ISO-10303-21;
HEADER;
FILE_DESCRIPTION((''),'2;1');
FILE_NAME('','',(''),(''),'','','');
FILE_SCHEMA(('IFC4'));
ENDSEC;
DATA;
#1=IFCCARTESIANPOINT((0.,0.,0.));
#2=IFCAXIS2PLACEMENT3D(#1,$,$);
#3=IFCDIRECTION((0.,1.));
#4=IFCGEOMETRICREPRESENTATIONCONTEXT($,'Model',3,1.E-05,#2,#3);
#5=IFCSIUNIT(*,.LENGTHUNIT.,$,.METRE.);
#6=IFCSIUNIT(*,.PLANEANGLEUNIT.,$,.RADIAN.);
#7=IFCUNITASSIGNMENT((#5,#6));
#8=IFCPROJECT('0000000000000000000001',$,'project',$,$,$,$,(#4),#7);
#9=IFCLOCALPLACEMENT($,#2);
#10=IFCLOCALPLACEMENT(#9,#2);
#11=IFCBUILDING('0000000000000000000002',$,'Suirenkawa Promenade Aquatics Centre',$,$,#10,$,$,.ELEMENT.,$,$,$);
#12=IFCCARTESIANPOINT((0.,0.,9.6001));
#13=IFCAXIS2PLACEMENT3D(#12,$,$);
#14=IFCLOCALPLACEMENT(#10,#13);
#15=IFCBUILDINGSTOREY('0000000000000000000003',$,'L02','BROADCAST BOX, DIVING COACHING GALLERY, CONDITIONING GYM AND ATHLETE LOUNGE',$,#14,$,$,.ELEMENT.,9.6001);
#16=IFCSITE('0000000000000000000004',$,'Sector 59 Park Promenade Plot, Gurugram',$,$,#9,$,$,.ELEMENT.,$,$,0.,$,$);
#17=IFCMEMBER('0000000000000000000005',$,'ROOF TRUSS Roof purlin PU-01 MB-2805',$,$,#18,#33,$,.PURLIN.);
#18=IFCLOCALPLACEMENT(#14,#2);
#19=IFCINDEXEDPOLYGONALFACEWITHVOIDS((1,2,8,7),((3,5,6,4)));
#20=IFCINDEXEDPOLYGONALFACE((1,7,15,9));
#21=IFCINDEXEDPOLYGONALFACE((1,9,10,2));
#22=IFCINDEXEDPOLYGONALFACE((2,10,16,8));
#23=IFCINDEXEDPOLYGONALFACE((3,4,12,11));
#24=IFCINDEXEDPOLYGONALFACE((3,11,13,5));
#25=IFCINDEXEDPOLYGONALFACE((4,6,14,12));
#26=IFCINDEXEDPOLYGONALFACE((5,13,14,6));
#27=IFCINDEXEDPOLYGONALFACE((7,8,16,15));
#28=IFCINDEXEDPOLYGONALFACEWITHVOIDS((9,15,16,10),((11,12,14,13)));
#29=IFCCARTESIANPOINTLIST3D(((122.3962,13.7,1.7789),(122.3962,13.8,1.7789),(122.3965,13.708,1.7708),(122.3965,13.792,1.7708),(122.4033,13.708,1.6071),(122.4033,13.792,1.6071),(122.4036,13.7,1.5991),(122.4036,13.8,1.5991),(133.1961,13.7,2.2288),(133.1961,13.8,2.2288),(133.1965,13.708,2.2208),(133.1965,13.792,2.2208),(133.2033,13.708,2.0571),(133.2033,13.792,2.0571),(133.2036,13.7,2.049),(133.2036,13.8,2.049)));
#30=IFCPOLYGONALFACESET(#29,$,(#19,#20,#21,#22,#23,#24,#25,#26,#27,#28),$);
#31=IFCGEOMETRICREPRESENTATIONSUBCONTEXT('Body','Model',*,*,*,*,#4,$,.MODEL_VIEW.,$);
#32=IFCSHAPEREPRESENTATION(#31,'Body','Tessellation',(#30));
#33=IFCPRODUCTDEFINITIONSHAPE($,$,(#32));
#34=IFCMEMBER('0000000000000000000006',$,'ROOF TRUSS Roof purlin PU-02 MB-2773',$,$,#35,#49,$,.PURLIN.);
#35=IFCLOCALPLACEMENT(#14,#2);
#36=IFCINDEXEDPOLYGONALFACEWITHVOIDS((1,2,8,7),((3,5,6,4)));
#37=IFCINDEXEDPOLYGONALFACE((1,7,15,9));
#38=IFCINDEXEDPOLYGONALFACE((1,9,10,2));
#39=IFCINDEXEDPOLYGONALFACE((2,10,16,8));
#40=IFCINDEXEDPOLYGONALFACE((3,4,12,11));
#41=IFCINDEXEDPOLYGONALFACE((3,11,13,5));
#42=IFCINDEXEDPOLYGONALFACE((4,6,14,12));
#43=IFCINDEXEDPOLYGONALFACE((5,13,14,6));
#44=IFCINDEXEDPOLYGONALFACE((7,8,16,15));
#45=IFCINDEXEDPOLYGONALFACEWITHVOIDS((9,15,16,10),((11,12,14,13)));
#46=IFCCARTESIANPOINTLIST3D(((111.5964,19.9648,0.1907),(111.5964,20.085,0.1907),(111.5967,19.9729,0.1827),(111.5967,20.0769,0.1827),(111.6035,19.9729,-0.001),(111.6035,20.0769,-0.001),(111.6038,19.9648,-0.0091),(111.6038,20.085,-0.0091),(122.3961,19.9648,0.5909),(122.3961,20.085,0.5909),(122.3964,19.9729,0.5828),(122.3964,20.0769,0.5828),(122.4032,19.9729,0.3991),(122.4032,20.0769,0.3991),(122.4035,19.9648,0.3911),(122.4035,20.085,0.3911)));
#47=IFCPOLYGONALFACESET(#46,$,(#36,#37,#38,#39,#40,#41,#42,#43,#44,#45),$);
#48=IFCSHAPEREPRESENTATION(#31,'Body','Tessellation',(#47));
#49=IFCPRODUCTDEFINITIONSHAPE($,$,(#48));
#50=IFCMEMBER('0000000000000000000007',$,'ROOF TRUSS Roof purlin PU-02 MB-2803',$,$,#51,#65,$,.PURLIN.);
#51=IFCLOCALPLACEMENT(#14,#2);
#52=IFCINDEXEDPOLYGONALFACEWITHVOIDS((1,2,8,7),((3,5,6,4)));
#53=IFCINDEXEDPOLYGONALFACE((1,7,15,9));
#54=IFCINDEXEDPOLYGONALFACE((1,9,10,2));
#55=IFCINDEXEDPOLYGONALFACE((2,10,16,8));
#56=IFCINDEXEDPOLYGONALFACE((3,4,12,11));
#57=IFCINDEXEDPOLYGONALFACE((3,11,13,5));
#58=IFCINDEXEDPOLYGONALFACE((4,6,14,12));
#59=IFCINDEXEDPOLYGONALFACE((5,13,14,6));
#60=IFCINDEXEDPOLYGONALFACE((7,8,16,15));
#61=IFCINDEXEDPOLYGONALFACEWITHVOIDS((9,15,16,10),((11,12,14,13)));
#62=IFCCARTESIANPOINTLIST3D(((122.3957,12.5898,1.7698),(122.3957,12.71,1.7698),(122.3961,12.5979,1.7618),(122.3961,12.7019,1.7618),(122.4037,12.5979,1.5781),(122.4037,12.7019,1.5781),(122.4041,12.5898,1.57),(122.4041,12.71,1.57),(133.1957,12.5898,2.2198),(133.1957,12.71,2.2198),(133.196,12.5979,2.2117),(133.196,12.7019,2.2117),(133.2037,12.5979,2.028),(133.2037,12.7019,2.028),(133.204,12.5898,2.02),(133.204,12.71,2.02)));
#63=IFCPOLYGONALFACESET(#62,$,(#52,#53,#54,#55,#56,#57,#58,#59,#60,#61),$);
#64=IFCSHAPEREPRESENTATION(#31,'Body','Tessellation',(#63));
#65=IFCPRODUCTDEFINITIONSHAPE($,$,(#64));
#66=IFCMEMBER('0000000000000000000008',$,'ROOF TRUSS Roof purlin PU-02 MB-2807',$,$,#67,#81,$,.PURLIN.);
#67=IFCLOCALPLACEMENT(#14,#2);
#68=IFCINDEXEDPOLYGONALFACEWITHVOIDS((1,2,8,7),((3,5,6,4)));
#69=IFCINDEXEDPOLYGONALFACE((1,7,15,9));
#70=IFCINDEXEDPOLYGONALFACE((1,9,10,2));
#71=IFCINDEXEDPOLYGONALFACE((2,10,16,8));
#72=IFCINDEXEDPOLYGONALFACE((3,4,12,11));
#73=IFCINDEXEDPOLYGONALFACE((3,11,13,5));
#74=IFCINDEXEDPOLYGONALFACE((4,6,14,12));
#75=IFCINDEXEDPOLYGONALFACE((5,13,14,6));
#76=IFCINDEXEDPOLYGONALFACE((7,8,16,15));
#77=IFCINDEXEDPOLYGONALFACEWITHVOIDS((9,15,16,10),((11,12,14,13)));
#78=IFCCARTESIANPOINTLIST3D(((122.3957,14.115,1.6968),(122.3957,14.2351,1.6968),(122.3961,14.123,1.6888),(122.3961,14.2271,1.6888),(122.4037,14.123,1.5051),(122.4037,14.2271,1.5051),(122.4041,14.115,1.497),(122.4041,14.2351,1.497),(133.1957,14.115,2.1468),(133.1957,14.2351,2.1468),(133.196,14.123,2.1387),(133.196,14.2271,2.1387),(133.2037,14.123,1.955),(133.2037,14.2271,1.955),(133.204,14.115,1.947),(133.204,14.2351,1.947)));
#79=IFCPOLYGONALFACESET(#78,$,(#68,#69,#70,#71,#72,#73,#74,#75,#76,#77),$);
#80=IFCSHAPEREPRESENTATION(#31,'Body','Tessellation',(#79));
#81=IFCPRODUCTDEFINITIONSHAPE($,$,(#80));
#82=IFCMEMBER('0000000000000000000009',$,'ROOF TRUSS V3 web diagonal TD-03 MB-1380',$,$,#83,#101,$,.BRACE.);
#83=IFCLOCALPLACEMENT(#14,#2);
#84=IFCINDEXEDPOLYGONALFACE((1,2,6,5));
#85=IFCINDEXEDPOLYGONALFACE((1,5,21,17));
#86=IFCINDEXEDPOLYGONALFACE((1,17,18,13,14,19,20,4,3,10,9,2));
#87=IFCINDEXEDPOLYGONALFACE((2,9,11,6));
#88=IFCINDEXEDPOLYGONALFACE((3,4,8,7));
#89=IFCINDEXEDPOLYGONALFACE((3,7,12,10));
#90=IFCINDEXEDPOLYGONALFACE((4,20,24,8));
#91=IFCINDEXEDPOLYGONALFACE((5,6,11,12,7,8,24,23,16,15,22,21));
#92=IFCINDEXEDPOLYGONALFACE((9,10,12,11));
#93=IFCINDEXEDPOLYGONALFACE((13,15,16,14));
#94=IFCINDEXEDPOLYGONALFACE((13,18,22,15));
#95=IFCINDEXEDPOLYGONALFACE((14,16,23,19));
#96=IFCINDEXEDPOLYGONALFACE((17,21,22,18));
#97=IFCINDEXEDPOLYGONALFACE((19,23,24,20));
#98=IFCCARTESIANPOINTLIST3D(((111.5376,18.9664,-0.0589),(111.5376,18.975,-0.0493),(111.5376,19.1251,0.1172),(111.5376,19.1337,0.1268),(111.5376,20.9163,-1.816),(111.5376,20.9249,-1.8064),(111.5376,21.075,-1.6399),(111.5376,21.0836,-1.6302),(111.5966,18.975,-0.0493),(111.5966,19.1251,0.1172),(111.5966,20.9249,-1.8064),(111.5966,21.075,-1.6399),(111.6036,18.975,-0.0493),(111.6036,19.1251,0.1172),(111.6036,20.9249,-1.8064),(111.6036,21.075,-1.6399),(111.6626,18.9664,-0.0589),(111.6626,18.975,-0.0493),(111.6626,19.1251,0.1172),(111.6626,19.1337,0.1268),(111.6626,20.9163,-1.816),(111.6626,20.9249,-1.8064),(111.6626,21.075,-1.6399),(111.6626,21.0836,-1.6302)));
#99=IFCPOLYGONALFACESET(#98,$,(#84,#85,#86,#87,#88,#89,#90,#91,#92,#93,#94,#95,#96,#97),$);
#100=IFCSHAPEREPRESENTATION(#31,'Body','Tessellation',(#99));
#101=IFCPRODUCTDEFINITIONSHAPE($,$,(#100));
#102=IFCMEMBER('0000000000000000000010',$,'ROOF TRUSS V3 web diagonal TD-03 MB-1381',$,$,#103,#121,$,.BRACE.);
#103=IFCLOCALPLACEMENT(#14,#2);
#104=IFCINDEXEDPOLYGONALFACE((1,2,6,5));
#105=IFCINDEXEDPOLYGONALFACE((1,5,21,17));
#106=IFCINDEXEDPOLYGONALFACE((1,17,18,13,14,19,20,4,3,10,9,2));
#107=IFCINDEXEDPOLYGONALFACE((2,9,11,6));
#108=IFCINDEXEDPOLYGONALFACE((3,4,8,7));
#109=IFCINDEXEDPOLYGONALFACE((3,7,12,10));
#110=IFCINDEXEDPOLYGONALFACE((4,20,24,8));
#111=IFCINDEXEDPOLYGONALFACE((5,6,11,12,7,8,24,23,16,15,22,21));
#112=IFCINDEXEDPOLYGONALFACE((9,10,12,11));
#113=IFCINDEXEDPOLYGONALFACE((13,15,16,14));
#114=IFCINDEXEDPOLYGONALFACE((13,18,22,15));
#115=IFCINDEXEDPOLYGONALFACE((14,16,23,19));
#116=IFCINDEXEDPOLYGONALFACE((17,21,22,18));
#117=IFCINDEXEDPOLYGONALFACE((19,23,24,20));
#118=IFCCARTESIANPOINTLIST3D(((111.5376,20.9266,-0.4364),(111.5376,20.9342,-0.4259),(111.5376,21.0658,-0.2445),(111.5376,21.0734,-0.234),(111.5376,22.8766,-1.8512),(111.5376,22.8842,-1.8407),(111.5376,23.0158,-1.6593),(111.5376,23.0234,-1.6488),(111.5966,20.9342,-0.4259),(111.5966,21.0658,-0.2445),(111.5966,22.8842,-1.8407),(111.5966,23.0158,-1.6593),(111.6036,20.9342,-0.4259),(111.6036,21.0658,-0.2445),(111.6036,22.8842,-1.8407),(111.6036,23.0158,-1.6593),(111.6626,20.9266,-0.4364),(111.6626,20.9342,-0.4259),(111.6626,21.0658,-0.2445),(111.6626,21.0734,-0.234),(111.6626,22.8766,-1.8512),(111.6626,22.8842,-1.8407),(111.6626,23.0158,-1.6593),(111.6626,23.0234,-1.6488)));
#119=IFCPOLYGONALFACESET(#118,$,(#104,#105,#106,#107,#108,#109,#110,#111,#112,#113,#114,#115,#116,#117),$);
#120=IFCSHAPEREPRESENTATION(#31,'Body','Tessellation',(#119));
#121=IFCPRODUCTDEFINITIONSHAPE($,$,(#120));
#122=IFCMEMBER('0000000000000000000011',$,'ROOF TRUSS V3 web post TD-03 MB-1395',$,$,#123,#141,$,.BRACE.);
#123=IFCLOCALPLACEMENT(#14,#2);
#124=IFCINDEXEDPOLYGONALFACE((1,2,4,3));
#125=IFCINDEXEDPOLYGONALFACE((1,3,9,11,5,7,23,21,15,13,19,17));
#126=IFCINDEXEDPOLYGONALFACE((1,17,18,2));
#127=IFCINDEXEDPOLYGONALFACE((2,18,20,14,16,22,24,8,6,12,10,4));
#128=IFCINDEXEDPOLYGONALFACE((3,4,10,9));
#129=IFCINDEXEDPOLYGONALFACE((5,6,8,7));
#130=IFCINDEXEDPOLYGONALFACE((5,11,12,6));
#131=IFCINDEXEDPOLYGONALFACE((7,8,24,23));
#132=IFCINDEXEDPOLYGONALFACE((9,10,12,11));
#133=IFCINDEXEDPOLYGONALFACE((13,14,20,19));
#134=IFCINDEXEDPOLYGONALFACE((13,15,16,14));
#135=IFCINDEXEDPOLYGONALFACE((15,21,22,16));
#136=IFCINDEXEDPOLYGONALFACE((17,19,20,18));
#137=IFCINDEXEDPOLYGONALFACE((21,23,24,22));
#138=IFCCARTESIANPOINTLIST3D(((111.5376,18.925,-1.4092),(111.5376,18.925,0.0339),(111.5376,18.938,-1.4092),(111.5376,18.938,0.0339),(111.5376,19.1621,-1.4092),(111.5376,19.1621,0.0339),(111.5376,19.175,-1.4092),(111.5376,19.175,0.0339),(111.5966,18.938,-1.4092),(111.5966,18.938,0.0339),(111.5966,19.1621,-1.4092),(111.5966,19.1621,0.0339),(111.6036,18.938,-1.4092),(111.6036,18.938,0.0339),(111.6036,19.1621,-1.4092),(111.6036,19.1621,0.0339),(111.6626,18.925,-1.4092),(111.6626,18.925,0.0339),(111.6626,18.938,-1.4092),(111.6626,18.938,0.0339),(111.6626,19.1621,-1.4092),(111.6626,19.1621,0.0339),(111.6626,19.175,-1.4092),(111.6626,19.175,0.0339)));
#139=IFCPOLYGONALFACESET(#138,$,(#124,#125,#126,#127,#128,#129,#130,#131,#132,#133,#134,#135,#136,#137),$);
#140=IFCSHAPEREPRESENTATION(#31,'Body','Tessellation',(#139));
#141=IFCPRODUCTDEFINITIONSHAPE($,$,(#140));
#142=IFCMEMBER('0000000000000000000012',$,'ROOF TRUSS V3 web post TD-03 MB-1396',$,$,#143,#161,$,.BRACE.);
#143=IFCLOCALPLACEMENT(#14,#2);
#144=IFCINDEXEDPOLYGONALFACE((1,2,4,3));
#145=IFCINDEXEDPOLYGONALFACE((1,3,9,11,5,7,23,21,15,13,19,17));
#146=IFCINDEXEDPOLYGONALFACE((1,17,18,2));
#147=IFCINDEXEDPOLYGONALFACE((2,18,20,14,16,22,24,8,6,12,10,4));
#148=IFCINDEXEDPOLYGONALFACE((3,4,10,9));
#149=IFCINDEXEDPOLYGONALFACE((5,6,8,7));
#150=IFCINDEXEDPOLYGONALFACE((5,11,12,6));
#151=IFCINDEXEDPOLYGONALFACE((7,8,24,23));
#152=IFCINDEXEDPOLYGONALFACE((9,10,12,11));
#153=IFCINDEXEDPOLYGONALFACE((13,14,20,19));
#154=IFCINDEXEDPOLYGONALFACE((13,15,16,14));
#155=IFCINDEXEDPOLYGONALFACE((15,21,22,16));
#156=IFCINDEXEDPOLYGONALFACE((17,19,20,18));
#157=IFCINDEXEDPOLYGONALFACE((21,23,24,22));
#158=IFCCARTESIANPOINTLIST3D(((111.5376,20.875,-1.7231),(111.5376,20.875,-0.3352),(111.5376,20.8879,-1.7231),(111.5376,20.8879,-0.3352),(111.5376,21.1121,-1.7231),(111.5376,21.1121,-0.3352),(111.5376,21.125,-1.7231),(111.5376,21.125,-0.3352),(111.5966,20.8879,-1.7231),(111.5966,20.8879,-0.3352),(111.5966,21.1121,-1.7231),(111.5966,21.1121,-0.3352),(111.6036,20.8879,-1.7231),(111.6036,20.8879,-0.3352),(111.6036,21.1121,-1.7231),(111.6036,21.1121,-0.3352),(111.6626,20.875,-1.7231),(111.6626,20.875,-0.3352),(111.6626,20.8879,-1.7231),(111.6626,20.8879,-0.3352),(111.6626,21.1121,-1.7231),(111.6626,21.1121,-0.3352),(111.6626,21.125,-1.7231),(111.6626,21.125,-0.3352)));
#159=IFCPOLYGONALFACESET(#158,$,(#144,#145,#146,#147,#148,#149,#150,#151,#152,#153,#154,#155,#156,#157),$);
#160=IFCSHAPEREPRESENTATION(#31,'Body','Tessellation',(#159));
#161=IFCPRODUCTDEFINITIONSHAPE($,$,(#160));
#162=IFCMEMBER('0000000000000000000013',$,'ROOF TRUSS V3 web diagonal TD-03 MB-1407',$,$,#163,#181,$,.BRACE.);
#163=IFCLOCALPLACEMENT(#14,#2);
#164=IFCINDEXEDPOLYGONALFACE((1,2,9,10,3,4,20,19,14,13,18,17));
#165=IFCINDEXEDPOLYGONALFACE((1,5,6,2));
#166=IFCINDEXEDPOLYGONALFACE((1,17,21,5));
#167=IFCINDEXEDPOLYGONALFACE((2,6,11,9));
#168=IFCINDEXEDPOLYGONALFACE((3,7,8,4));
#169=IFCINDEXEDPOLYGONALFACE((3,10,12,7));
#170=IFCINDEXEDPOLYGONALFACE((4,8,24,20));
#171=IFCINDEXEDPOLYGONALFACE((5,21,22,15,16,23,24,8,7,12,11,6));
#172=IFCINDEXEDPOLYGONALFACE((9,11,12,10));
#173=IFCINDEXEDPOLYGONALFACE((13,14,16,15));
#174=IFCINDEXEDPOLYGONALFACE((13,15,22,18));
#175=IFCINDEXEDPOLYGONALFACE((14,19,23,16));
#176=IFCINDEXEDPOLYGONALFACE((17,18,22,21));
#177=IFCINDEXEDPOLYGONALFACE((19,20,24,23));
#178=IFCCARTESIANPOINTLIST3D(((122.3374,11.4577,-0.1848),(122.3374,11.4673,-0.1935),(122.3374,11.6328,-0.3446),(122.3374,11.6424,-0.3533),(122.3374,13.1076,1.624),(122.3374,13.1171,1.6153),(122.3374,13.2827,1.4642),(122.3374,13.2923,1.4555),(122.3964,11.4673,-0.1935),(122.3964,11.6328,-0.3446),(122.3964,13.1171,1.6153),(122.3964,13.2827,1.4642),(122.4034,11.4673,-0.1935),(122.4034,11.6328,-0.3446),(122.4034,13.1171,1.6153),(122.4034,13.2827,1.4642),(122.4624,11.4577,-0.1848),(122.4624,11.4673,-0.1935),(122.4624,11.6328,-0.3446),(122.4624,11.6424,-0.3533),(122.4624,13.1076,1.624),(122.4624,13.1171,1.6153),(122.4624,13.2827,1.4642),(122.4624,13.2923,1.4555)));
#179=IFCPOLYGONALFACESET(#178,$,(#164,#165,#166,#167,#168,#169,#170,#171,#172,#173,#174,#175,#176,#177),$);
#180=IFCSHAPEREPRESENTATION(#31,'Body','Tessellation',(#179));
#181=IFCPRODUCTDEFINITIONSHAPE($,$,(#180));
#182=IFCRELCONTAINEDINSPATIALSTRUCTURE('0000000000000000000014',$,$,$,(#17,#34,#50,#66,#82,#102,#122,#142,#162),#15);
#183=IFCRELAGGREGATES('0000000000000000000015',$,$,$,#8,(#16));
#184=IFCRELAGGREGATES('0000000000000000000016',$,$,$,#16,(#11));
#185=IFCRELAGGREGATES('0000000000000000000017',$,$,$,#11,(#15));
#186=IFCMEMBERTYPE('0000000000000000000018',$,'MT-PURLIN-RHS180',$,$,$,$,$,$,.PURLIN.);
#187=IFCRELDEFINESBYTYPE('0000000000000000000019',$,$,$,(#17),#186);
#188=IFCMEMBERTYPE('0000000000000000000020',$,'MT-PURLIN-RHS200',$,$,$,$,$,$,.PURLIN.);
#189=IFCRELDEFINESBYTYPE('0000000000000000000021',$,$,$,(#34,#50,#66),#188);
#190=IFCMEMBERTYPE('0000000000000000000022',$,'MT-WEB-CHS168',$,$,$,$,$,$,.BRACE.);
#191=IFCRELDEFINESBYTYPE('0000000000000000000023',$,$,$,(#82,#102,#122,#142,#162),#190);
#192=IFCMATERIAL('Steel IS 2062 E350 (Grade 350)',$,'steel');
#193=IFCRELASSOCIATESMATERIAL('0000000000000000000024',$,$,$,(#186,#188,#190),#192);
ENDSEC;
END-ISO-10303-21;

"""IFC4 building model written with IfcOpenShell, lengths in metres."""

from ifc_helpers import new_model, si_unit, direction, frame, origin, origin_2d, place, context, subcontext, project, spatial, hollow_rectangle, i_section, extrude, material, material_profile, profile_set, type_object, element, save


model = new_model("IFC4")

# Units and contexts
model_context = context("Model", 3, precision=1e-05, world=origin(), true_north=direction((0.0, 1.0)))
body_context = subcontext(model_context, "Body", "Model", "MODEL_VIEW")
ifc_project = project(units=[si_unit("LENGTHUNIT", "METRE"), si_unit("PLANEANGLEUNIT", "RADIAN")], contexts=[model_context])

# Site, building, storey
site_placement = place(None, origin())
site = spatial("IfcSite", under=ifc_project, at=site_placement, Name="Sector 59 Park Promenade Plot, Gurugram", CompositionType="ELEMENT", RefElevation=0.0)
building_placement = place(site_placement, origin())
building = spatial("IfcBuilding", under=site, at=building_placement, Name="Suirenkawa Promenade Aquatics Centre", CompositionType="ELEMENT")
storey_placement = place(building_placement, frame((0.0, 0.0, 9.6001)))
storey = spatial("IfcBuildingStorey", under=building, at=storey_placement, Name="L02", Description="BROADCAST BOX, DIVING COACHING GALLERY, CONDITIONING GYM AND ATHLETE LOUNGE", CompositionType="ELEMENT", Elevation=9.6001)

# Shared definitions
ifc_material_1 = material(Name="Steel IS 2062 E350 (Grade 350)", Category="steel")

# Members
ifc_material_profile_1 = material_profile(ifc_material_1, hollow_rectangle(XDim=0.1001, YDim=0.1799, WallThickness=0.0081, at=origin_2d()), Name="RHS 180x100x8", Category="steel")
ifc_profile_set_1 = profile_set([ifc_material_profile_1], Name="Steel IS 2062 E350 (Grade 350)")
member_type_1 = type_object("IfcMemberType", Name="MT-PURLIN-RHS180", PredefinedType="PURLIN", material=ifc_profile_set_1)
for number, where, z_axis, x_axis, name in (
    (1, (122.3999, 13.75, 1.689), (0.999133, 0.0, 0.041626), (0.0, 1.0, 0.0), "ROOF TRUSS Roof purlin PU-01 MB-2805"),
):
    element("IfcMember", number, at=place(storey_placement, frame(where, z_axis=z_axis, x_axis=x_axis)), inside=storey, type_object=member_type_1, Name=name, PredefinedType="PURLIN", context=body_context, shape_type="SweptSolid", body=[
        extrude(hollow_rectangle(XDim=0.1001, YDim=0.1799, WallThickness=0.0081, at=origin_2d()), origin(), (0.0, 0.0, 1.0), 10.8093),
    ])
ifc_material_profile_2 = material_profile(ifc_material_1, hollow_rectangle(XDim=0.1201, YDim=0.2, WallThickness=0.0081, at=origin_2d()), Name="RHS 200x120x8", Category="steel")
ifc_profile_set_2 = profile_set([ifc_material_profile_2], Name="Steel IS 2062 E350 (Grade 350)")
member_type_2 = type_object("IfcMemberType", Name="MT-PURLIN-RHS200", PredefinedType="PURLIN", material=ifc_profile_set_2)
member_1_placement = place(storey_placement, frame((111.6001, 20.0249, 0.0908), z_axis=(0.999314, 0.0, 0.037026), x_axis=(0.0, 1.0, 0.0)))
element("IfcMember", 2, at=member_1_placement, inside=storey, type_object=member_type_2, Name="ROOF TRUSS Roof purlin PU-02 MB-2773", PredefinedType="PURLIN", context=body_context, shape_type="SweptSolid", body=[
    extrude(hollow_rectangle(XDim=0.1201, YDim=0.2, WallThickness=0.0081, at=origin_2d()), origin(), (0.0, 0.0, 1.0), 10.8071),
])
for number, where, z_axis, x_axis, name in (
    (3, (122.3999, 12.6499, 1.6699), (0.999133, 0.0, 0.041626), (0.0, 1.0, 0.0), "ROOF TRUSS Roof purlin PU-02 MB-2803"),
    (4, (122.3999, 14.175, 1.5969), (0.999133, 0.0, 0.041626), (0.0, 1.0, 0.0), "ROOF TRUSS Roof purlin PU-02 MB-2807"),
):
    element("IfcMember", number, at=place(storey_placement, frame(where, z_axis=z_axis, x_axis=x_axis)), inside=storey, type_object=member_type_2, Name=name, PredefinedType="PURLIN", context=body_context, shape_type="SweptSolid", body=[
        extrude(hollow_rectangle(XDim=0.1201, YDim=0.2, WallThickness=0.0081, at=origin_2d()), origin(), (0.0, 0.0, 1.0), 10.8093),
    ])
ifc_material_profile_3 = material_profile(ifc_material_1, i_section(OverallWidth=0.125, OverallDepth=0.25, WebThickness=0.0071, FlangeThickness=0.0129, at=origin_2d()), Name="ISMB 250", Category="steel")
ifc_profile_set_3 = profile_set([ifc_material_profile_3], Name="Steel IS 2062 E350 (Grade 350)")
member_type_3 = type_object("IfcMemberType", Name="MT-WEB-CHS168", PredefinedType="BRACE", material=ifc_profile_set_3)
member_2_placement = place(storey_placement, frame((111.6001, 19.05, 0.0339), z_axis=(0.0, 0.742892, -0.669412), x_axis=(-1.0, 0.0, 0.0)))
element("IfcMember", 5, at=member_2_placement, inside=storey, type_object=member_type_3, Name="ROOF TRUSS V3 web diagonal TD-03 MB-1380", PredefinedType="BRACE", context=body_context, shape_type="SweptSolid", body=[
    extrude(i_section(OverallWidth=0.125, OverallDepth=0.25, WebThickness=0.0071, FlangeThickness=0.0129, at=origin_2d()), origin(), (0.0, 0.0, 1.0), 2.6248),
])
member_3_placement = place(storey_placement, frame((111.6001, 21.0, -0.3352), z_axis=(0.0, 0.809397, -0.587261), x_axis=(-1.0, 0.0, 0.0)))
element("IfcMember", 6, at=member_3_placement, inside=storey, type_object=member_type_3, Name="ROOF TRUSS V3 web diagonal TD-03 MB-1381", PredefinedType="BRACE", context=body_context, shape_type="SweptSolid", body=[
    extrude(i_section(OverallWidth=0.125, OverallDepth=0.25, WebThickness=0.0071, FlangeThickness=0.0129, at=origin_2d()), origin(), (0.0, 0.0, 1.0), 2.4092),
])
member_4_placement = place(storey_placement, frame((111.6001, 19.05, -1.4092), z_axis=(0.0, 0.0, 1.0), x_axis=(1.0, 0.0, 0.0)))
element("IfcMember", 7, at=member_4_placement, inside=storey, type_object=member_type_3, Name="ROOF TRUSS V3 web post TD-03 MB-1395", PredefinedType="BRACE", context=body_context, shape_type="SweptSolid", body=[
    extrude(i_section(OverallWidth=0.125, OverallDepth=0.25, WebThickness=0.0071, FlangeThickness=0.0129, at=origin_2d()), origin(), (0.0, 0.0, 1.0), 1.4431),
])
member_5_placement = place(storey_placement, frame((111.6001, 21.0, -1.7231), z_axis=(0.0, 0.0, 1.0), x_axis=(1.0, 0.0, 0.0)))
element("IfcMember", 8, at=member_5_placement, inside=storey, type_object=member_type_3, Name="ROOF TRUSS V3 web post TD-03 MB-1396", PredefinedType="BRACE", context=body_context, shape_type="SweptSolid", body=[
    extrude(i_section(OverallWidth=0.125, OverallDepth=0.25, WebThickness=0.0071, FlangeThickness=0.0129, at=origin_2d()), origin(), (0.0, 0.0, 1.0), 1.3879),
])
member_6_placement = place(storey_placement, frame((122.3999, 11.55, -0.269), z_axis=(0.0, 0.673903, 0.73882), x_axis=(-1.0, 0.0, 0.0)))
element("IfcMember", 9, at=member_6_placement, inside=storey, type_object=member_type_3, Name="ROOF TRUSS V3 web diagonal TD-03 MB-1407", PredefinedType="BRACE", context=body_context, shape_type="SweptSolid", body=[
    extrude(i_section(OverallWidth=0.125, OverallDepth=0.25, WebThickness=0.0071, FlangeThickness=0.0129, at=origin_2d()), origin(), (0.0, 0.0, 1.0), 2.4482),
])

save(model, "model.ifc")
